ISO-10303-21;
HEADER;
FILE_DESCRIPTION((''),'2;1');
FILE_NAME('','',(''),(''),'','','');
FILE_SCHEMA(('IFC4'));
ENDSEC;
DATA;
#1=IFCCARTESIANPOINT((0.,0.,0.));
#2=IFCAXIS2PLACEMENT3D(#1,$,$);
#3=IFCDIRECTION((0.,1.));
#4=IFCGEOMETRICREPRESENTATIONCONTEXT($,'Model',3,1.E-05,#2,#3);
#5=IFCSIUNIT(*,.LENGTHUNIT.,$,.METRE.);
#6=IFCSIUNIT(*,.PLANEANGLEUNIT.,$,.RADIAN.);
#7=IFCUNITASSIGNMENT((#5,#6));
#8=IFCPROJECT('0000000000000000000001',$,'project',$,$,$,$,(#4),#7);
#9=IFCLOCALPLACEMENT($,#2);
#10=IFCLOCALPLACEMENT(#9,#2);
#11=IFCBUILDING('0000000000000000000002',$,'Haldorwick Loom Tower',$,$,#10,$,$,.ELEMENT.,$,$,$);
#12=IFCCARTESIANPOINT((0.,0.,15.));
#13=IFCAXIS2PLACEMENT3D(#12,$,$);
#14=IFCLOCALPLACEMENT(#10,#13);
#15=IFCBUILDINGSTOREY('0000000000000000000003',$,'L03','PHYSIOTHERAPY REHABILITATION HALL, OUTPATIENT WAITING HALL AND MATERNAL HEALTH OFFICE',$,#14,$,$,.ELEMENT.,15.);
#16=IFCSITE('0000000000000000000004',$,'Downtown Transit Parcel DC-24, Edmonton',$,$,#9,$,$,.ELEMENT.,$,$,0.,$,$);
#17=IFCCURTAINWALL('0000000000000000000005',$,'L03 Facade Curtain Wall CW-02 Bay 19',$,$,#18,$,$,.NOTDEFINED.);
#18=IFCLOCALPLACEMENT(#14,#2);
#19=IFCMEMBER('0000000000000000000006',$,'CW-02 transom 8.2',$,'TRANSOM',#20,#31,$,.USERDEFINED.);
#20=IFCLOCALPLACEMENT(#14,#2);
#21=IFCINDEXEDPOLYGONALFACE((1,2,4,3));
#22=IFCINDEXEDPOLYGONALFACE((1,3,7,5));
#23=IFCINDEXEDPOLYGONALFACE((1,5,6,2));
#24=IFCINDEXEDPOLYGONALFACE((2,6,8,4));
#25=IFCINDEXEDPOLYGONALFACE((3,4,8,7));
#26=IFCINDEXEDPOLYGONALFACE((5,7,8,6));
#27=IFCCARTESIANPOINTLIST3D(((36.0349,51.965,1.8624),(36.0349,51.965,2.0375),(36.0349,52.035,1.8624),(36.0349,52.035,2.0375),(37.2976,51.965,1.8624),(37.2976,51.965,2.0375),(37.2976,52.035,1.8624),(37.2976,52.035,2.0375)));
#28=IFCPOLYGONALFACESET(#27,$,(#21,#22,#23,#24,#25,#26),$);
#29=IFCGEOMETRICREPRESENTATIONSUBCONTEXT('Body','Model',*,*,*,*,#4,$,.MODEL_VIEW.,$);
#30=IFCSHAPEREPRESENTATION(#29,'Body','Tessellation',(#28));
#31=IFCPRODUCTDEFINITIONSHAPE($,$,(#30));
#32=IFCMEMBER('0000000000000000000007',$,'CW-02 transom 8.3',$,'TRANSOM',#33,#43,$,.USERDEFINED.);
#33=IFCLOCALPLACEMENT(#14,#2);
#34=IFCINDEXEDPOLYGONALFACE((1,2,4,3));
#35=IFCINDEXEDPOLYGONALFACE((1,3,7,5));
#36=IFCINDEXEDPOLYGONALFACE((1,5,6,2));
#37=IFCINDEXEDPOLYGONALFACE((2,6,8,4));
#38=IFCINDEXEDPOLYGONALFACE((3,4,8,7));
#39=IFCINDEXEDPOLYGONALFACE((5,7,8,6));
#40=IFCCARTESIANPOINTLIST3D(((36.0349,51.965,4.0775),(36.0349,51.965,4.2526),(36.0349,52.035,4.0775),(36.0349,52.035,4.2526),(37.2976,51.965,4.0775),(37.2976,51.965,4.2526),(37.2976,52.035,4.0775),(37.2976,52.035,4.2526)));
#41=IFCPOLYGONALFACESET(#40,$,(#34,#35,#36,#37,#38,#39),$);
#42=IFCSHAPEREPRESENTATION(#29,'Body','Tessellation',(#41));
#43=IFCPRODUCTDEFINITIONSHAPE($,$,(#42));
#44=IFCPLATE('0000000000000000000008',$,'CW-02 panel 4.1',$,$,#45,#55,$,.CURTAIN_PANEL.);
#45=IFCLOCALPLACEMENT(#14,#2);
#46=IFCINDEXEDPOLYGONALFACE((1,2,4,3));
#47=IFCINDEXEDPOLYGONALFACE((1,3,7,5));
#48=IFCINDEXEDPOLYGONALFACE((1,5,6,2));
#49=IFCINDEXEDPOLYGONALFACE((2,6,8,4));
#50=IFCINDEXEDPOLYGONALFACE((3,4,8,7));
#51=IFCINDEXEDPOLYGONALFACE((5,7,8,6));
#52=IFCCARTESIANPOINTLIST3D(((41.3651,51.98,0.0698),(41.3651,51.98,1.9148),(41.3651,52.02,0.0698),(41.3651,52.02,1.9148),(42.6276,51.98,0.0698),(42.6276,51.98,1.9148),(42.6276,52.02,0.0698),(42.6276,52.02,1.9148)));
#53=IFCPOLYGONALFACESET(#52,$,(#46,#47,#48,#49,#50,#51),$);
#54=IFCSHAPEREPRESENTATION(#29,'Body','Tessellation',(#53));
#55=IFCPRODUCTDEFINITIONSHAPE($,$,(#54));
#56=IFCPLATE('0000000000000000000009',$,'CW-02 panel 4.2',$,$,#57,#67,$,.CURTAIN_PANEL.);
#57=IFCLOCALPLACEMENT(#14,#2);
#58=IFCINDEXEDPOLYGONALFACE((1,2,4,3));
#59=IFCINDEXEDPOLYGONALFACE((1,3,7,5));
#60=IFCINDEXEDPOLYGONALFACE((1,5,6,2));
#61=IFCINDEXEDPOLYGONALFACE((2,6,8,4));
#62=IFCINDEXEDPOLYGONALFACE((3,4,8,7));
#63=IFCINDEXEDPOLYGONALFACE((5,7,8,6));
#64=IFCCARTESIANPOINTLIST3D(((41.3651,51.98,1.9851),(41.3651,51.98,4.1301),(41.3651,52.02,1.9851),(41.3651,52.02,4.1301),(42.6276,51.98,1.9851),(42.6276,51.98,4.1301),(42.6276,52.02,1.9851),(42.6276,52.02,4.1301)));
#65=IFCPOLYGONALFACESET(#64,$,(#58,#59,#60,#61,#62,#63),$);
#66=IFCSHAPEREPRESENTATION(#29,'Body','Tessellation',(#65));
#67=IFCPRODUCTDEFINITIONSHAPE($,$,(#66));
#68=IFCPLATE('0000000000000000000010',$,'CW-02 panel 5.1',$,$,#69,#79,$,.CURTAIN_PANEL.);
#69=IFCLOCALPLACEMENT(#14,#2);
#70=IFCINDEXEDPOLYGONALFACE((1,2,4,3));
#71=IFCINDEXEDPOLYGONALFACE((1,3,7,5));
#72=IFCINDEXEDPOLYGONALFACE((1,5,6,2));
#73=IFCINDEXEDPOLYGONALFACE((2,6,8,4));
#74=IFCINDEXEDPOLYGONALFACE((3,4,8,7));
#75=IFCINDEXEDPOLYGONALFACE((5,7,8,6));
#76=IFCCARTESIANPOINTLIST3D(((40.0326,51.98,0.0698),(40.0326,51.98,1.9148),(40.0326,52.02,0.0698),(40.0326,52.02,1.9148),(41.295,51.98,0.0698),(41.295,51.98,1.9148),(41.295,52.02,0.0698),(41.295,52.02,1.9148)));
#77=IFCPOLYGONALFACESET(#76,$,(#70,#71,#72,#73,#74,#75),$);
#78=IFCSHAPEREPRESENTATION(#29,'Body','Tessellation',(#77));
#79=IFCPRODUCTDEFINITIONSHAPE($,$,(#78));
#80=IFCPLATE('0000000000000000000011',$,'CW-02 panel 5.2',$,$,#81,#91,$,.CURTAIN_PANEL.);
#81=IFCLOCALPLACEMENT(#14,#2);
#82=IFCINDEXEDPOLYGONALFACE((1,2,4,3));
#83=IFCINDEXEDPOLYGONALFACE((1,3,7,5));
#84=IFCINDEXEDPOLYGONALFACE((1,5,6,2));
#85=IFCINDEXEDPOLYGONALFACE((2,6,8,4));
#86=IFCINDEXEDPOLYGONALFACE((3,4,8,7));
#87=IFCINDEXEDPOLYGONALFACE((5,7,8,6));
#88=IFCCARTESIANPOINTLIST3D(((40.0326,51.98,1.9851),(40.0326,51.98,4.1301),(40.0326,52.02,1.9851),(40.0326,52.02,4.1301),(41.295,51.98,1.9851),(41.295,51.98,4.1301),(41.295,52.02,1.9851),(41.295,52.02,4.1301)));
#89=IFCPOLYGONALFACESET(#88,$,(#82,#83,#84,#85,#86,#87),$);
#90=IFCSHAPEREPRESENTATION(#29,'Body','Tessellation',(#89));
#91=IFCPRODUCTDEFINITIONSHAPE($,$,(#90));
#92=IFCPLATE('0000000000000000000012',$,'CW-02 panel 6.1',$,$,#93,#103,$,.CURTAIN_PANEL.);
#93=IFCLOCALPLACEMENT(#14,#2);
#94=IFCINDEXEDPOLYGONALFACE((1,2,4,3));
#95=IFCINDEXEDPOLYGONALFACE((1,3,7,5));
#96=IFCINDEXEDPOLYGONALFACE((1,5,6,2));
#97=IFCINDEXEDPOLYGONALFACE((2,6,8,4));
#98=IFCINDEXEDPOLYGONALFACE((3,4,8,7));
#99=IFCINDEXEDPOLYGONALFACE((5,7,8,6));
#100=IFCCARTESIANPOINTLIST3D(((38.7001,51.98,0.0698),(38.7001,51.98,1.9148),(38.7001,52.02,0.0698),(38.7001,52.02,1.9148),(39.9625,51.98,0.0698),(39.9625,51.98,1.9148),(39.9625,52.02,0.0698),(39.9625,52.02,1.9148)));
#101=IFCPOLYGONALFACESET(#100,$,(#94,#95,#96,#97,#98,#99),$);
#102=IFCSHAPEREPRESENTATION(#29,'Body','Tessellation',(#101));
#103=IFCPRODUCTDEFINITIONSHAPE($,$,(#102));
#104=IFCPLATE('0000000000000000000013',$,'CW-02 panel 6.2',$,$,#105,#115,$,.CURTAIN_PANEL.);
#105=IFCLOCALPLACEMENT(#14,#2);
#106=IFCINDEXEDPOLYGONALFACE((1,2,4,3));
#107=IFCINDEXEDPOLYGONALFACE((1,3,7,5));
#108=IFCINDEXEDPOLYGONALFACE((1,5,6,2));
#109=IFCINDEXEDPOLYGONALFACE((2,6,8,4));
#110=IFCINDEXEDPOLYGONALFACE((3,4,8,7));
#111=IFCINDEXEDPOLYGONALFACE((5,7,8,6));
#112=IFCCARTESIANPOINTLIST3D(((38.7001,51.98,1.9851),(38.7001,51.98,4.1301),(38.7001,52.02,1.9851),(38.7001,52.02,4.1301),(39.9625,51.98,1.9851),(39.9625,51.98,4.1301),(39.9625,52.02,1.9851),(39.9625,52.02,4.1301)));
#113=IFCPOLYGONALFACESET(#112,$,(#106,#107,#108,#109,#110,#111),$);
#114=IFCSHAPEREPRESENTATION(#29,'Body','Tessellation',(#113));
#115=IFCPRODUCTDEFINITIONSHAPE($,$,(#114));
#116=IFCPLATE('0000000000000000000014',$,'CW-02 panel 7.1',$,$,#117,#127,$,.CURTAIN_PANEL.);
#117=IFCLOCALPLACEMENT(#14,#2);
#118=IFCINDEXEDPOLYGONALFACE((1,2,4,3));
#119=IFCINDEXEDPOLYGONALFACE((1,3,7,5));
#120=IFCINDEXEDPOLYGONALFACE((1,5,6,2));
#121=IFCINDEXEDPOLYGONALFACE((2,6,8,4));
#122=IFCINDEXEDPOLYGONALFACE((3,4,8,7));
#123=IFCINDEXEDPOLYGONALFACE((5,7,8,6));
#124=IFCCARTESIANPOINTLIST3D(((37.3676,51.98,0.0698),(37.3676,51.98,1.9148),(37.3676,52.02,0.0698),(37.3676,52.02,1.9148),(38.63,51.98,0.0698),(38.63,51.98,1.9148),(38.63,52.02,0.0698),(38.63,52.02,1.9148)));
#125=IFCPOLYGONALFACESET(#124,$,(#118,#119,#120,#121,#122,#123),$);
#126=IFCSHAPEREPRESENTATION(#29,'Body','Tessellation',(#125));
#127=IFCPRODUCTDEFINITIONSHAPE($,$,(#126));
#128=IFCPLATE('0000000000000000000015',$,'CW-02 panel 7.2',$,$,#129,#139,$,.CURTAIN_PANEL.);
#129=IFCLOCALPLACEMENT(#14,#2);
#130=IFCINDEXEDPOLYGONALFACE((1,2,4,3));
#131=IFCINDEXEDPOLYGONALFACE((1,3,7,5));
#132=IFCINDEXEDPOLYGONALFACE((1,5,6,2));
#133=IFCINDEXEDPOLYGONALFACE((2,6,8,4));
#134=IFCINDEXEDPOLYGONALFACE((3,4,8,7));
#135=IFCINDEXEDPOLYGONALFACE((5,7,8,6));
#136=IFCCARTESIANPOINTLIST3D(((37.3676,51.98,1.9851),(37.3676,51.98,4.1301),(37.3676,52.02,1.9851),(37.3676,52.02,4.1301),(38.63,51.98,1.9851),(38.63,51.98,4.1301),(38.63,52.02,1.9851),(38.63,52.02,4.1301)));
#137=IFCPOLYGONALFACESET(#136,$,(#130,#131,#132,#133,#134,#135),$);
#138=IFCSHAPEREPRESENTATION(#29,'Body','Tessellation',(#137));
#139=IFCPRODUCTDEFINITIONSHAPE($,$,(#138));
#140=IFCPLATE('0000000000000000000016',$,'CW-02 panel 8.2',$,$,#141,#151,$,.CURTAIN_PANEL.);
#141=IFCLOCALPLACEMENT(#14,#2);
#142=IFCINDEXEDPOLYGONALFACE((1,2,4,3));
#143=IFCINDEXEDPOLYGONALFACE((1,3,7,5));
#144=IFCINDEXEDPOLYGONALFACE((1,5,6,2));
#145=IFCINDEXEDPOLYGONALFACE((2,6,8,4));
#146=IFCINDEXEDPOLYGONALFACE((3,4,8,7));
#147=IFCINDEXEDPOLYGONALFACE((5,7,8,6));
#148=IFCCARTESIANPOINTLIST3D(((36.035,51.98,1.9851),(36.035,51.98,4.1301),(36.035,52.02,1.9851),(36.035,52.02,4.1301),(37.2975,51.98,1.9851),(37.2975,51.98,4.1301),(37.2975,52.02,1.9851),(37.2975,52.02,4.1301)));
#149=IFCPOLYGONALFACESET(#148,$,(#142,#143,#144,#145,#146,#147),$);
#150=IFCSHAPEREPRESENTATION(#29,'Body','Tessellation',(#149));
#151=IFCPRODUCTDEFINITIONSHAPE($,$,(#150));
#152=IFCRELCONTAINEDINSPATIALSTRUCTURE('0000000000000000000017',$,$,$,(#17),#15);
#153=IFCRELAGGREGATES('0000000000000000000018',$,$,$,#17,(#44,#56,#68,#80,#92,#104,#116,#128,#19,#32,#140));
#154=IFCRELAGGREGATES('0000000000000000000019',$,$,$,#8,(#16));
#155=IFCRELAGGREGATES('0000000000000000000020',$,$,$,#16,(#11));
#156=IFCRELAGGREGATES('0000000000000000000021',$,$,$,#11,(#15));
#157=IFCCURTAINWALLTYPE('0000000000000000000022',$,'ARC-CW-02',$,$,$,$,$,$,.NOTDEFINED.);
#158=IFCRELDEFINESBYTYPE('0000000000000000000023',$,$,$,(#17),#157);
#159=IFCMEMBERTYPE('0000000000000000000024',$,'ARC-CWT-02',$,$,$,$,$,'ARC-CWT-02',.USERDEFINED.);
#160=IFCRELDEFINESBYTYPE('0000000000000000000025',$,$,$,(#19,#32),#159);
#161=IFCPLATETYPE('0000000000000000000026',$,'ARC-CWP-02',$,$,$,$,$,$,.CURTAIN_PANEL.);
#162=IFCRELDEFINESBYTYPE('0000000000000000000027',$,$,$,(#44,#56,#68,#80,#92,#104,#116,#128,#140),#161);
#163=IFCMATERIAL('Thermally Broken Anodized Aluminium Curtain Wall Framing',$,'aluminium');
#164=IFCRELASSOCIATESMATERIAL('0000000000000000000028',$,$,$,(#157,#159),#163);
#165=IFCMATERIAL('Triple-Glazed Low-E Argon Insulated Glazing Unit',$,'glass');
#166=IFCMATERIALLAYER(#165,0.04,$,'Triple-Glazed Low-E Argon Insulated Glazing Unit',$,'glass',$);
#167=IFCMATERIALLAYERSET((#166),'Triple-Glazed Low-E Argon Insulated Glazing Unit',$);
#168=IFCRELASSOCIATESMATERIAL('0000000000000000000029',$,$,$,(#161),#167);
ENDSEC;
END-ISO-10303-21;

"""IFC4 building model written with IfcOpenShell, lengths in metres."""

from ifc_helpers import new_model, si_unit, direction, frame, origin, origin_2d, place, context, subcontext, project, spatial, rectangle, extrude, material, layer, layer_set, material_profile, profile_set, type_object, element, aggregate, save


model = new_model("IFC4")

# Units and contexts
model_context = context("Model", 3, precision=1e-05, world=origin(), true_north=direction((0.0, 1.0)))
body_context = subcontext(model_context, "Body", "Model", "MODEL_VIEW")
ifc_project = project(units=[si_unit("LENGTHUNIT", "METRE"), si_unit("PLANEANGLEUNIT", "RADIAN")], contexts=[model_context])

# Site, building, storey
site_placement = place(None, origin())
site = spatial("IfcSite", under=ifc_project, at=site_placement, Name="Downtown Transit Parcel DC-24, Edmonton", CompositionType="ELEMENT", RefElevation=0.0)
building_placement = place(site_placement, origin())
building = spatial("IfcBuilding", under=site, at=building_placement, Name="Haldorwick Loom Tower", CompositionType="ELEMENT")
storey_placement = place(building_placement, frame((0.0, 0.0, 15.0)))
storey = spatial("IfcBuildingStorey", under=building, at=storey_placement, Name="L03", Description="PHYSIOTHERAPY REHABILITATION HALL, OUTPATIENT WAITING HALL AND MATERNAL HEALTH OFFICE", CompositionType="ELEMENT", Elevation=15.0)

# Curtain wall, members, plates
ifc_material_1 = material(Name="Thermally Broken Anodized Aluminium Curtain Wall Framing", Category="aluminium")
curtain_wall_type = type_object("IfcCurtainWallType", Name="ARC-CW-02", PredefinedType="NOTDEFINED", material=ifc_material_1)
curtain_wall_placement = place(storey_placement, origin())
curtain_wall = element("IfcCurtainWall", 1, at=curtain_wall_placement, inside=storey, type_object=curtain_wall_type, Name="L03 Facade Curtain Wall CW-02 Bay 19", PredefinedType="NOTDEFINED")
ifc_material_profile_1 = material_profile(ifc_material_1, rectangle(XDim=0.0701, YDim=0.175, at=origin_2d()), Name="ALU_TRN_70X175", Category="aluminium")
ifc_profile_set_1 = profile_set([ifc_material_profile_1], Name="Thermally Broken Anodized Aluminium Curtain Wall Framing")
member_type_1 = type_object("IfcMemberType", Name="ARC-CWT-02", ElementType="ARC-CWT-02", PredefinedType="USERDEFINED", material=ifc_profile_set_1)
member_1_placement = place(storey_placement, frame((37.2976, 52.0, 1.95), z_axis=(-1.0, 0.0, 0.0), x_axis=(0.0, -1.0, 0.0)))
member_1 = element("IfcMember", 2, at=member_1_placement, type_object=member_type_1, Name="CW-02 transom 8.2", ObjectType="TRANSOM", PredefinedType="USERDEFINED", context=body_context, shape_type="SweptSolid", body=[
    extrude(rectangle(XDim=0.0701, YDim=0.175, at=origin_2d()), origin(), (0.0, 0.0, 1.0), 1.2627),
])
member_2_placement = place(storey_placement, frame((37.2976, 52.0, 4.165), z_axis=(-1.0, 0.0, 0.0), x_axis=(0.0, -1.0, 0.0)))
member_2 = element("IfcMember", 3, at=member_2_placement, type_object=member_type_1, Name="CW-02 transom 8.3", ObjectType="TRANSOM", PredefinedType="USERDEFINED", context=body_context, shape_type="SweptSolid", body=[
    extrude(rectangle(XDim=0.0701, YDim=0.175, at=origin_2d()), origin(), (0.0, 0.0, 1.0), 1.2627),
])
ifc_material_2 = material(Name="Triple-Glazed Low-E Argon Insulated Glazing Unit", Category="glass")
ifc_layer = layer(ifc_material_2, 0.04, Name="Triple-Glazed Low-E Argon Insulated Glazing Unit", Category="glass")
ifc_layer_set = layer_set([ifc_layer], Name="Triple-Glazed Low-E Argon Insulated Glazing Unit")
plate_type = type_object("IfcPlateType", Name="ARC-CWP-02", PredefinedType="CURTAIN_PANEL", material=ifc_layer_set)
plate_1_placement = place(storey_placement, frame((41.9963, 52.0, 0.0698), z_axis=(0.0, 0.0, 1.0), x_axis=(-1.0, 0.0, 0.0)))
plate_1 = element("IfcPlate", 4, at=plate_1_placement, type_object=plate_type, Name="CW-02 panel 4.1", PredefinedType="CURTAIN_PANEL", context=body_context, shape_type="SweptSolid", body=[
    extrude(rectangle(XDim=1.2625, YDim=0.04, at=origin_2d()), origin(), (0.0, 0.0, 1.0), 1.845),
])
plate_2_placement = place(storey_placement, frame((41.9963, 52.0, 1.9851), z_axis=(0.0, 0.0, 1.0), x_axis=(-1.0, 0.0, 0.0)))
plate_2 = element("IfcPlate", 5, at=plate_2_placement, type_object=plate_type, Name="CW-02 panel 4.2", PredefinedType="CURTAIN_PANEL", context=body_context, shape_type="SweptSolid", body=[
    extrude(rectangle(XDim=1.2625, YDim=0.04, at=origin_2d()), origin(), (0.0, 0.0, 1.0), 2.145),
])
plate_3_placement = place(storey_placement, frame((40.6638, 52.0, 0.0698), z_axis=(0.0, 0.0, 1.0), x_axis=(-1.0, 0.0, 0.0)))
plate_3 = element("IfcPlate", 6, at=plate_3_placement, type_object=plate_type, Name="CW-02 panel 5.1", PredefinedType="CURTAIN_PANEL", context=body_context, shape_type="SweptSolid", body=[
    extrude(rectangle(XDim=1.2625, YDim=0.04, at=origin_2d()), origin(), (0.0, 0.0, 1.0), 1.845),
])
plate_4_placement = place(storey_placement, frame((40.6638, 52.0, 1.9851), z_axis=(0.0, 0.0, 1.0), x_axis=(-1.0, 0.0, 0.0)))
plate_4 = element("IfcPlate", 7, at=plate_4_placement, type_object=plate_type, Name="CW-02 panel 5.2", PredefinedType="CURTAIN_PANEL", context=body_context, shape_type="SweptSolid", body=[
    extrude(rectangle(XDim=1.2625, YDim=0.04, at=origin_2d()), origin(), (0.0, 0.0, 1.0), 2.145),
])
plate_5_placement = place(storey_placement, frame((39.3313, 52.0, 0.0698), z_axis=(0.0, 0.0, 1.0), x_axis=(-1.0, 0.0, 0.0)))
plate_5 = element("IfcPlate", 8, at=plate_5_placement, type_object=plate_type, Name="CW-02 panel 6.1", PredefinedType="CURTAIN_PANEL", context=body_context, shape_type="SweptSolid", body=[
    extrude(rectangle(XDim=1.2625, YDim=0.04, at=origin_2d()), origin(), (0.0, 0.0, 1.0), 1.845),
])
plate_6_placement = place(storey_placement, frame((39.3313, 52.0, 1.9851), z_axis=(0.0, 0.0, 1.0), x_axis=(-1.0, 0.0, 0.0)))
plate_6 = element("IfcPlate", 9, at=plate_6_placement, type_object=plate_type, Name="CW-02 panel 6.2", PredefinedType="CURTAIN_PANEL", context=body_context, shape_type="SweptSolid", body=[
    extrude(rectangle(XDim=1.2625, YDim=0.04, at=origin_2d()), origin(), (0.0, 0.0, 1.0), 2.145),
])
plate_7_placement = place(storey_placement, frame((37.9988, 52.0, 0.0698), z_axis=(0.0, 0.0, 1.0), x_axis=(-1.0, 0.0, 0.0)))
plate_7 = element("IfcPlate", 10, at=plate_7_placement, type_object=plate_type, Name="CW-02 panel 7.1", PredefinedType="CURTAIN_PANEL", context=body_context, shape_type="SweptSolid", body=[
    extrude(rectangle(XDim=1.2625, YDim=0.04, at=origin_2d()), origin(), (0.0, 0.0, 1.0), 1.845),
])
plate_8_placement = place(storey_placement, frame((37.9988, 52.0, 1.9851), z_axis=(0.0, 0.0, 1.0), x_axis=(-1.0, 0.0, 0.0)))
plate_8 = element("IfcPlate", 11, at=plate_8_placement, type_object=plate_type, Name="CW-02 panel 7.2", PredefinedType="CURTAIN_PANEL", context=body_context, shape_type="SweptSolid", body=[
    extrude(rectangle(XDim=1.2625, YDim=0.04, at=origin_2d()), origin(), (0.0, 0.0, 1.0), 2.145),
])
plate_9_placement = place(storey_placement, frame((36.6663, 52.0, 1.9851), z_axis=(0.0, 0.0, 1.0), x_axis=(-1.0, 0.0, 0.0)))
plate_9 = element("IfcPlate", 12, at=plate_9_placement, type_object=plate_type, Name="CW-02 panel 8.2", PredefinedType="CURTAIN_PANEL", context=body_context, shape_type="SweptSolid", body=[
    extrude(rectangle(XDim=1.2625, YDim=0.04, at=origin_2d()), origin(), (0.0, 0.0, 1.0), 2.145),
])
aggregate(curtain_wall, [plate_1, plate_2, plate_3, plate_4, plate_5, plate_6, plate_7, plate_8, member_1, member_2, plate_9])

save(model, "model.ifc")
